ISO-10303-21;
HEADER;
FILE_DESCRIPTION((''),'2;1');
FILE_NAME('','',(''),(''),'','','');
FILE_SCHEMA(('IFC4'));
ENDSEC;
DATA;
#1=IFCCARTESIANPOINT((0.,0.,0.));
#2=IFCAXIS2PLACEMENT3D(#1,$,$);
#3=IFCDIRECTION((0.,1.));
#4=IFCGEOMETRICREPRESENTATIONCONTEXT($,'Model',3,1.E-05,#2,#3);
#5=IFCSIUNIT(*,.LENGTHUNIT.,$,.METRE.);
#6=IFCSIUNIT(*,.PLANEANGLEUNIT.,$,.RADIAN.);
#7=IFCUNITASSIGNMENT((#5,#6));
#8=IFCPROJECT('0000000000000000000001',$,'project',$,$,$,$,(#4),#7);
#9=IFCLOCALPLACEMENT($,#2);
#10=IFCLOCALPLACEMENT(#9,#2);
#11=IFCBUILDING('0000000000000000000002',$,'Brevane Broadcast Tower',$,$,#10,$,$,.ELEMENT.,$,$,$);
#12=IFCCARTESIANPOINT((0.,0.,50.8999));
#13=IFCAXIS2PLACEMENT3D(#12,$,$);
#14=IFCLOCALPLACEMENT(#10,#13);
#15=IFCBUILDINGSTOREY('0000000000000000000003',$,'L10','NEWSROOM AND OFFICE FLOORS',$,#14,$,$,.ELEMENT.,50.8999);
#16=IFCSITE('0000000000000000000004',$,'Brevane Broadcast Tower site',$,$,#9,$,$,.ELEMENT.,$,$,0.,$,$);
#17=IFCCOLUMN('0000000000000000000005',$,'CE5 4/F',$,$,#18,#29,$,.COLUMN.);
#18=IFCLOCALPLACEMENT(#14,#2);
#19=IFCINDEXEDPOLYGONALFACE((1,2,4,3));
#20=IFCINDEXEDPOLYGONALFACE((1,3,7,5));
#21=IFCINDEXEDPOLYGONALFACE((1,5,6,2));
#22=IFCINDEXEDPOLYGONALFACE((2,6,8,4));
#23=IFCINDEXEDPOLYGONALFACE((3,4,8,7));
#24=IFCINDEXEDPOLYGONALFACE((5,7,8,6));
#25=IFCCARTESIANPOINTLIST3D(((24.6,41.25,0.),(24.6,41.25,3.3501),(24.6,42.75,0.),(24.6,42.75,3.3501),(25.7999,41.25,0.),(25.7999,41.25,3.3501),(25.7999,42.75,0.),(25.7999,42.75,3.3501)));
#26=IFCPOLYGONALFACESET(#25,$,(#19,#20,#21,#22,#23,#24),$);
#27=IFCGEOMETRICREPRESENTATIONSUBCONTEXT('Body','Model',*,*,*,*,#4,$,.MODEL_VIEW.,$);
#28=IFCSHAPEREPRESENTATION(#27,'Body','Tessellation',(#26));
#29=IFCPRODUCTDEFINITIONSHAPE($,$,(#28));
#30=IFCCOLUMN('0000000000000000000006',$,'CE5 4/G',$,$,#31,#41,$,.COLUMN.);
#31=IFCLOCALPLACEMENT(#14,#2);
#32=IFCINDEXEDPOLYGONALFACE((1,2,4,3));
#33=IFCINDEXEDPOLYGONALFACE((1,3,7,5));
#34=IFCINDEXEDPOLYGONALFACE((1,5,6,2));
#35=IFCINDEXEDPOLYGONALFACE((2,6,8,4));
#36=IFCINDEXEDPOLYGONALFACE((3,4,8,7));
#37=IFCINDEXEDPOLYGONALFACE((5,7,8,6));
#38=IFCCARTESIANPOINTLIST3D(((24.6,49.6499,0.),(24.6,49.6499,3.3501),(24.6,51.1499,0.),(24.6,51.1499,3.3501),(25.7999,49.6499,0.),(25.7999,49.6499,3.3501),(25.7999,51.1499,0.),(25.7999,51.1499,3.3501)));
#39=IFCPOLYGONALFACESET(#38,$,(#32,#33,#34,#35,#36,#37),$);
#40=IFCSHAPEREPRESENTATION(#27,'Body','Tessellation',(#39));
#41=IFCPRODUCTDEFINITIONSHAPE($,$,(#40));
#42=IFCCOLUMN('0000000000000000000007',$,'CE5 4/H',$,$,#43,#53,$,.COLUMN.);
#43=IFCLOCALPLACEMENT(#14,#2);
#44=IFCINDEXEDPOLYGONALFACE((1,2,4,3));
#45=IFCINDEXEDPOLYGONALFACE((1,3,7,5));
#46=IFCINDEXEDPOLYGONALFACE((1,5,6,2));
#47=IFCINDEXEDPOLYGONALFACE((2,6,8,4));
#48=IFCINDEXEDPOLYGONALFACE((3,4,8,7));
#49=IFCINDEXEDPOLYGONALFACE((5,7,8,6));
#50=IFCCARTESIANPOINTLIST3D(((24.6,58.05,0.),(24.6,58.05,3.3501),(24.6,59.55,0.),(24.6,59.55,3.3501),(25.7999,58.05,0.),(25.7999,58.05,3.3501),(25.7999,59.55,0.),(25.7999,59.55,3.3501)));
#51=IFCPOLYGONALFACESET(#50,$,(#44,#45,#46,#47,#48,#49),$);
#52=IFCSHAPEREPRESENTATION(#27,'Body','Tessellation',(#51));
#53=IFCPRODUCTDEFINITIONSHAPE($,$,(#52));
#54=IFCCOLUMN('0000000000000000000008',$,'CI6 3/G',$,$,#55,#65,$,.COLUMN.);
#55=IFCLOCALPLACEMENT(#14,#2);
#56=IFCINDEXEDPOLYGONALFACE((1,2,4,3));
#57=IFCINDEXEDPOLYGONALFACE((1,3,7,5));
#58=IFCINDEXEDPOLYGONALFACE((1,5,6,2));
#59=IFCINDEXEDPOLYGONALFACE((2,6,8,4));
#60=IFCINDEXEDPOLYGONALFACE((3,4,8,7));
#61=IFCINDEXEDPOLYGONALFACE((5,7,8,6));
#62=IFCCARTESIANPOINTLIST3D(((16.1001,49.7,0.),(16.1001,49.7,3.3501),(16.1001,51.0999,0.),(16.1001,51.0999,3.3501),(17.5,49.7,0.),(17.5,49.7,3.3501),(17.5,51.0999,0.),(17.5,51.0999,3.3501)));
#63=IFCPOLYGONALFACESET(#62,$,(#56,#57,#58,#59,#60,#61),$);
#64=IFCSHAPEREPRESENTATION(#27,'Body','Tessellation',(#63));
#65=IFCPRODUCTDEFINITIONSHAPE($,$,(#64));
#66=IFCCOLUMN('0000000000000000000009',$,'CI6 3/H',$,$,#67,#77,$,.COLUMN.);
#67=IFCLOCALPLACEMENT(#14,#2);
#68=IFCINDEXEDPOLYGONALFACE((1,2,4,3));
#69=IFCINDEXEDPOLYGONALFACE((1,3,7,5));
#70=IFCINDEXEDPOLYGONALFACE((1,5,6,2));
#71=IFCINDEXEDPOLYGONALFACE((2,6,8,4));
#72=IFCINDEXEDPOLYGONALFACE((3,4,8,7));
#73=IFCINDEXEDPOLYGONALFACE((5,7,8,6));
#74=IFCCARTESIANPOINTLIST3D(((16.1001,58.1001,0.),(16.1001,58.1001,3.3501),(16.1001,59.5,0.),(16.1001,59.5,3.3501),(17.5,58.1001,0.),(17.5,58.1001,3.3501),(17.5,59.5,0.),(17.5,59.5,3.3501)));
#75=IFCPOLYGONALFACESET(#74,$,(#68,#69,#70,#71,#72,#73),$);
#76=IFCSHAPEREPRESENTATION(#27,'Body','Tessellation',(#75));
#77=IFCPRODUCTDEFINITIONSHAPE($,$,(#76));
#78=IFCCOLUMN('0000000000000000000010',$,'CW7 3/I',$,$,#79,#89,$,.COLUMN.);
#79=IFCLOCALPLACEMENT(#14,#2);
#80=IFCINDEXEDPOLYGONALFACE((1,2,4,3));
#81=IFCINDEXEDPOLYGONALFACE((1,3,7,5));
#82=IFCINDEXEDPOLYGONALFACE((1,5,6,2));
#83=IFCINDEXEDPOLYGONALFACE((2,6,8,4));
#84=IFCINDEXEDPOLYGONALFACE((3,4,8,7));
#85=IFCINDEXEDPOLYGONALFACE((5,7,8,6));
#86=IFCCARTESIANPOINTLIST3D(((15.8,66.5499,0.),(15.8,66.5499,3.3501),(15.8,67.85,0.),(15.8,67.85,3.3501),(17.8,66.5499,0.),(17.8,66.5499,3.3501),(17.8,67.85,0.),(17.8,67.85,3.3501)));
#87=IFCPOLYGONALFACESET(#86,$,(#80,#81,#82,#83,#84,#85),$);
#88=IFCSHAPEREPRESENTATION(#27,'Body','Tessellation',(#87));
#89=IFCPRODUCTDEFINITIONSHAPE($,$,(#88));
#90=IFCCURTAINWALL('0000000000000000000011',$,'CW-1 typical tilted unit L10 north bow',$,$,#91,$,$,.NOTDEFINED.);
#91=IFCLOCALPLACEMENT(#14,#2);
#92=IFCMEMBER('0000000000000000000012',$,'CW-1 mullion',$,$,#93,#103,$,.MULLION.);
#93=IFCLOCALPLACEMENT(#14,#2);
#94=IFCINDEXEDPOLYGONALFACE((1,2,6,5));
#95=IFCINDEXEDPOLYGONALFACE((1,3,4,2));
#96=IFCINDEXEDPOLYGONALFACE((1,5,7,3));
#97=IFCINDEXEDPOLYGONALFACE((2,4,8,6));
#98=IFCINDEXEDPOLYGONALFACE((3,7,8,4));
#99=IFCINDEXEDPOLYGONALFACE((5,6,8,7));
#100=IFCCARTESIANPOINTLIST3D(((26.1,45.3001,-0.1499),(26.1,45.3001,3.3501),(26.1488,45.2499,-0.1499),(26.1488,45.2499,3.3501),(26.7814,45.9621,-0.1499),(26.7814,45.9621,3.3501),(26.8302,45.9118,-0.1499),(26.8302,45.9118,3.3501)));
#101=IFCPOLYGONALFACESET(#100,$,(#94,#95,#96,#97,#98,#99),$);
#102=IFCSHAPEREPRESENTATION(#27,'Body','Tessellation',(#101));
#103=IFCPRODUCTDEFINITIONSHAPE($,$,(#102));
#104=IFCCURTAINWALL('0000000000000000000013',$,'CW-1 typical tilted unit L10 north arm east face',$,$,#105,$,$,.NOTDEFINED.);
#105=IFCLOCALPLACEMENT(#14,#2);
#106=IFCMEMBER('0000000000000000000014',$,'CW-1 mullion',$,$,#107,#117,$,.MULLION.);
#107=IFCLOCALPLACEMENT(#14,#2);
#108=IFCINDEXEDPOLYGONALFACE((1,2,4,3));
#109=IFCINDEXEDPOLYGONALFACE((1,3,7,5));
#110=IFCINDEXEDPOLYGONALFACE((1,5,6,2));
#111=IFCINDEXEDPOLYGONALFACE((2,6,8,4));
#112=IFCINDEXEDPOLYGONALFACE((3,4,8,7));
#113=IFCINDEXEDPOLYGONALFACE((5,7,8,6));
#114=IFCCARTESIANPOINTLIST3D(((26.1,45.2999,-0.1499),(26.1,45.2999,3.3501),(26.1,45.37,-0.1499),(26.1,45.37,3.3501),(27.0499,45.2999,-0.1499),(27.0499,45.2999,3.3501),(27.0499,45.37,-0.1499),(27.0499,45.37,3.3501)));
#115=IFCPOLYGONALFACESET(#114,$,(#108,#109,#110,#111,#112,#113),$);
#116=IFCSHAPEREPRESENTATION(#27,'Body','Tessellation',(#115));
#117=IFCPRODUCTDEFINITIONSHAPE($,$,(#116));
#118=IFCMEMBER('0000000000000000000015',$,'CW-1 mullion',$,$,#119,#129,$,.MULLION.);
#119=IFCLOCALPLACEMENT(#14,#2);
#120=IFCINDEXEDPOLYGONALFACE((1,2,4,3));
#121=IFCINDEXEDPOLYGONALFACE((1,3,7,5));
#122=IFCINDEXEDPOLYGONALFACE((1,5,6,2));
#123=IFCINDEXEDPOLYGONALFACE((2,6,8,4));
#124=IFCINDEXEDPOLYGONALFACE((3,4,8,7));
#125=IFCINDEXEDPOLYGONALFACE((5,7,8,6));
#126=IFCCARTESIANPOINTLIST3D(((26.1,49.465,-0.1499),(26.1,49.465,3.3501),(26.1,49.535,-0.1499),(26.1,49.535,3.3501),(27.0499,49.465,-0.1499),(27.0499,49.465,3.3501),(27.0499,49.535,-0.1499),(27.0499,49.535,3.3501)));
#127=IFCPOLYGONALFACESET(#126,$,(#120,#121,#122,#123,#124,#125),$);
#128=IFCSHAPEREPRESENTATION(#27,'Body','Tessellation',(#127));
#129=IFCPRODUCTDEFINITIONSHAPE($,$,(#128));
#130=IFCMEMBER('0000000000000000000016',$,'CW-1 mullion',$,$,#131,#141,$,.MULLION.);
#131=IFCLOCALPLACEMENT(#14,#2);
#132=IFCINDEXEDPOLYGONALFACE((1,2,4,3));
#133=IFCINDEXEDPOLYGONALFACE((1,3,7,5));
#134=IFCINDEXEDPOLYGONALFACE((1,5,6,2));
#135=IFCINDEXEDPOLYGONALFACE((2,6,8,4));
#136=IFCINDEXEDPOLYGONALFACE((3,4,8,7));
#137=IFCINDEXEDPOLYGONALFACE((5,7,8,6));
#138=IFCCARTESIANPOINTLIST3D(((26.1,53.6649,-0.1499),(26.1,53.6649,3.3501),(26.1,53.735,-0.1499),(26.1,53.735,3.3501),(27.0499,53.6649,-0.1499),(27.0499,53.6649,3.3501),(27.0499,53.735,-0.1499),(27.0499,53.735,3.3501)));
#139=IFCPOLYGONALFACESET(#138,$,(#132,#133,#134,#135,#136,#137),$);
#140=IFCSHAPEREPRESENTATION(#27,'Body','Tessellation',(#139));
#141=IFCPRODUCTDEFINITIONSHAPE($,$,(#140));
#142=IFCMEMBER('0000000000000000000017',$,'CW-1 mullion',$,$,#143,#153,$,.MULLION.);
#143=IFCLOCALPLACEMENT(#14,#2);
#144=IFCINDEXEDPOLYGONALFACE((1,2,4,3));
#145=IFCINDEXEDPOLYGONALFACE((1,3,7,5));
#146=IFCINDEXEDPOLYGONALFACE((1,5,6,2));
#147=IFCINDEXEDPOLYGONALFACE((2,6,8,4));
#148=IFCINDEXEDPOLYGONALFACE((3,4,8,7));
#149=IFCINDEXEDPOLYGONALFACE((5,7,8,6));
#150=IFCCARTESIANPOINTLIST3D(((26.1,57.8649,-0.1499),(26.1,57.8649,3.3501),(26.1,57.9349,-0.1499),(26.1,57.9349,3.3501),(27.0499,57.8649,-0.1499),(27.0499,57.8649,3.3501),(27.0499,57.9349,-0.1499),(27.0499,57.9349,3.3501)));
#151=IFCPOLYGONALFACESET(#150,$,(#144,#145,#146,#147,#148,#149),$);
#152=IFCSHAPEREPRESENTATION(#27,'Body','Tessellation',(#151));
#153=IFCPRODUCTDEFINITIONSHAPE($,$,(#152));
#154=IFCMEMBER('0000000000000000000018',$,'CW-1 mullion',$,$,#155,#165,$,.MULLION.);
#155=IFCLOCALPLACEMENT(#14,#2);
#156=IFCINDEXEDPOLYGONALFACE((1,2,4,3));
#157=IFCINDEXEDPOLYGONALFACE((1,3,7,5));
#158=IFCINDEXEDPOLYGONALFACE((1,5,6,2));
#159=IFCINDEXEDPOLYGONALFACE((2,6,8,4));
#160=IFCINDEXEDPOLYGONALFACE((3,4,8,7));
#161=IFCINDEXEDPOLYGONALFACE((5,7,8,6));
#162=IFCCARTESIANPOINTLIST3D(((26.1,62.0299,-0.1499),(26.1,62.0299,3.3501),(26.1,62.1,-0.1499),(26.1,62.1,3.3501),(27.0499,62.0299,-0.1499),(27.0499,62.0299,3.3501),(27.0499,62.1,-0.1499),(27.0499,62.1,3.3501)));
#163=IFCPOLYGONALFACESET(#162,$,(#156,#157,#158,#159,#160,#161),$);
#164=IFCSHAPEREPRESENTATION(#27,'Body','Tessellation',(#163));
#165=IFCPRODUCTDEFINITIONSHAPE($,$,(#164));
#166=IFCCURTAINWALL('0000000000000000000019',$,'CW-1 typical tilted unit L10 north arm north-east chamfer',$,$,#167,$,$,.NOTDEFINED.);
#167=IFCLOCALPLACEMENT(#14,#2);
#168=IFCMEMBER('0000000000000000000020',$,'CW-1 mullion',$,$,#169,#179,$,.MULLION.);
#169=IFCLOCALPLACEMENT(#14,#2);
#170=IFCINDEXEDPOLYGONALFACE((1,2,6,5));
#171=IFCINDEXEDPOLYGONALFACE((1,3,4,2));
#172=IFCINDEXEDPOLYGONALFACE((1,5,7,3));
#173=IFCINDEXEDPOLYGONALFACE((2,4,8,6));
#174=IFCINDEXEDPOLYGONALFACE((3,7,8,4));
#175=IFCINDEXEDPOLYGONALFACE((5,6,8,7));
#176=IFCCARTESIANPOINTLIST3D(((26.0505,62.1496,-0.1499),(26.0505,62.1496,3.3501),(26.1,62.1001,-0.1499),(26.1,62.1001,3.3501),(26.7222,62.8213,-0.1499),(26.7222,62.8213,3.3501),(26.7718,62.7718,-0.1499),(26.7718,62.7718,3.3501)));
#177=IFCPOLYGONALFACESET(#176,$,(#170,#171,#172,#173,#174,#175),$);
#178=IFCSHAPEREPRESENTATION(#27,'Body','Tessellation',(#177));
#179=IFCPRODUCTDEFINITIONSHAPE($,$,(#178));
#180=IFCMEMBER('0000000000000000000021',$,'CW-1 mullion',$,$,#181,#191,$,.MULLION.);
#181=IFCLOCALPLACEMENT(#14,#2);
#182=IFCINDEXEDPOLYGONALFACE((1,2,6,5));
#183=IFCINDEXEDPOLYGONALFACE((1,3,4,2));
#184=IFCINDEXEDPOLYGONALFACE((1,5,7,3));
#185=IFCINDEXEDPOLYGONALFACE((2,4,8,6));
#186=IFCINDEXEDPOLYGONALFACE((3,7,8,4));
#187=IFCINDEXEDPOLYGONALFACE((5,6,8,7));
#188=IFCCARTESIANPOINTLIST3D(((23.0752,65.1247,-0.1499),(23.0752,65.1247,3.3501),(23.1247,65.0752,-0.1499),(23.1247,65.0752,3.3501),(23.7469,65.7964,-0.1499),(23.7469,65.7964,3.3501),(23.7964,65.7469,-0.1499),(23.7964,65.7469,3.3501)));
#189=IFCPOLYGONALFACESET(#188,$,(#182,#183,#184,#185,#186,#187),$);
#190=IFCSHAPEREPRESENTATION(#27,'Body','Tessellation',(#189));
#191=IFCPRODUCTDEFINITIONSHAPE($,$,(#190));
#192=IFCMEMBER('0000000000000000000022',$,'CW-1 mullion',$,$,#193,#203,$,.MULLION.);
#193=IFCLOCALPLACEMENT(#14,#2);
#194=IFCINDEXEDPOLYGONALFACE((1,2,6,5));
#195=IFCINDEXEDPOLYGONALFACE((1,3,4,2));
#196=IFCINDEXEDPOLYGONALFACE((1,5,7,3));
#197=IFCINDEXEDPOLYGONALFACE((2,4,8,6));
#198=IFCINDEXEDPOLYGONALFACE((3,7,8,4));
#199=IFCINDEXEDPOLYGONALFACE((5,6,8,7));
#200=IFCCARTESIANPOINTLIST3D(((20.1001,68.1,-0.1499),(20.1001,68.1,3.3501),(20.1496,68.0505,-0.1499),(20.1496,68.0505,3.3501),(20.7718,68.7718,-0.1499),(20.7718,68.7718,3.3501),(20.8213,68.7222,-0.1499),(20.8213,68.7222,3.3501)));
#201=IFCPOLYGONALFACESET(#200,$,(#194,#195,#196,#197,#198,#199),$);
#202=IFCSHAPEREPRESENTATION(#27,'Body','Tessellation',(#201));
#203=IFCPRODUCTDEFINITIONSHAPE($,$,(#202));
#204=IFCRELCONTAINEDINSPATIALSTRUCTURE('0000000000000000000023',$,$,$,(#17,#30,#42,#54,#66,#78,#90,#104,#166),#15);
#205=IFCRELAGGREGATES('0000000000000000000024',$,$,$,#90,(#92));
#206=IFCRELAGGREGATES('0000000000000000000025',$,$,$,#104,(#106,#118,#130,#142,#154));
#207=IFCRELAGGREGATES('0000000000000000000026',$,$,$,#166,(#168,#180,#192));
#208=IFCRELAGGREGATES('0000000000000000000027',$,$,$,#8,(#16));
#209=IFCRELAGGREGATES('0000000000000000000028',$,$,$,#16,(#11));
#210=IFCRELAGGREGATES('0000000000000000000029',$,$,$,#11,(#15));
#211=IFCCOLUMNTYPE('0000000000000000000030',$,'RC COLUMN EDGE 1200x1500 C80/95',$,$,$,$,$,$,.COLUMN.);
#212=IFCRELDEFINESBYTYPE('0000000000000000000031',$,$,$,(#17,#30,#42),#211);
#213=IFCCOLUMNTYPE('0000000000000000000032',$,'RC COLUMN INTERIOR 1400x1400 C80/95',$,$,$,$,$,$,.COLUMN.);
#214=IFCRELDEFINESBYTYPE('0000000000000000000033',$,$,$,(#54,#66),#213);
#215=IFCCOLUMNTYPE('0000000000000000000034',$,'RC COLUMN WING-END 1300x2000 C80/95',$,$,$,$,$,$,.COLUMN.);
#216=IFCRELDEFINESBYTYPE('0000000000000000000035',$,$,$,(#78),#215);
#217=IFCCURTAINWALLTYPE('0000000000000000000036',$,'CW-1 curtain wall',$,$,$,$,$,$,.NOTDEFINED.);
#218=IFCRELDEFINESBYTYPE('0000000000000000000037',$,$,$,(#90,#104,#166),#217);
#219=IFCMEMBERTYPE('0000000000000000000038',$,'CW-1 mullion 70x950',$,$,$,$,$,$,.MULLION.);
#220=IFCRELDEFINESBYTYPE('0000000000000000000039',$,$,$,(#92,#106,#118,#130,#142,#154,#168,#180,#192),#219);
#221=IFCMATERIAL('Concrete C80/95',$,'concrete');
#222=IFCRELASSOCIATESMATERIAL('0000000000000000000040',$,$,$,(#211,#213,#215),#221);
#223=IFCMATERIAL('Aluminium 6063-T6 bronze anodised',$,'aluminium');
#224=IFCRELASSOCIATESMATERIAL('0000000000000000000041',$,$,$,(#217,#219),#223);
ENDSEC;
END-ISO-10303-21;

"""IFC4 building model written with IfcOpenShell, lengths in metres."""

from ifc_helpers import new_model, si_unit, direction, frame, origin, origin_2d, place, context, subcontext, project, spatial, rectangle, extrude, material, material_profile, profile_set, type_object, element, aggregate, save


model = new_model("IFC4")

# Units and contexts
model_context = context("Model", 3, precision=1e-05, world=origin(), true_north=direction((0.0, 1.0)))
body_context = subcontext(model_context, "Body", "Model", "MODEL_VIEW")
ifc_project = project(units=[si_unit("LENGTHUNIT", "METRE"), si_unit("PLANEANGLEUNIT", "RADIAN")], contexts=[model_context])

# Site, building, storey
site_placement = place(None, origin())
site = spatial("IfcSite", under=ifc_project, at=site_placement, Name="Brevane Broadcast Tower site", CompositionType="ELEMENT", RefElevation=0.0)
building_placement = place(site_placement, origin())
building = spatial("IfcBuilding", under=site, at=building_placement, Name="Brevane Broadcast Tower", CompositionType="ELEMENT")
storey_placement = place(building_placement, frame((0.0, 0.0, 50.8999)))
storey = spatial("IfcBuildingStorey", under=building, at=storey_placement, Name="L10", Description="NEWSROOM AND OFFICE FLOORS", CompositionType="ELEMENT", Elevation=50.8999)

# Columns
ifc_material_1 = material(Name="Concrete C80/95", Category="concrete")
ifc_material_profile_1 = material_profile(ifc_material_1, rectangle(XDim=1.2, YDim=1.5, at=origin_2d()), Name="RC 1200x1500")
ifc_profile_set_1 = profile_set([ifc_material_profile_1], Name="Concrete C80/95")
column_type_1 = type_object("IfcColumnType", Name="RC COLUMN EDGE 1200x1500 C80/95", PredefinedType="COLUMN", material=ifc_profile_set_1)
for number, where, z_axis, x_axis, name in (
    (1, (25.2, 42.0, 0.0), (0.0, 0.0, 1.0), (1.0, 0.0, 0.0), "CE5 4/F"),
    (2, (25.2, 50.3999, 0.0), (0.0, 0.0, 1.0), (1.0, 0.0, 0.0), "CE5 4/G"),
    (3, (25.2, 58.8, 0.0), (0.0, 0.0, 1.0), (1.0, 0.0, 0.0), "CE5 4/H"),
):
    element("IfcColumn", number, at=place(storey_placement, frame(where, z_axis=z_axis, x_axis=x_axis)), inside=storey, type_object=column_type_1, Name=name, PredefinedType="COLUMN", context=body_context, shape_type="SweptSolid", body=[
        extrude(rectangle(XDim=1.2, YDim=1.5, at=origin_2d()), origin(), (0.0, 0.0, 1.0), 3.3501),
    ])
ifc_material_profile_2 = material_profile(ifc_material_1, rectangle(XDim=1.3999, YDim=1.3999, at=origin_2d()), Name="RC 1400x1400")
ifc_profile_set_2 = profile_set([ifc_material_profile_2], Name="Concrete C80/95")
column_type_2 = type_object("IfcColumnType", Name="RC COLUMN INTERIOR 1400x1400 C80/95", PredefinedType="COLUMN", material=ifc_profile_set_2)
for number, where, z_axis, x_axis, name in (
    (4, (16.8, 50.3999, 0.0), (0.0, 0.0, 1.0), (1.0, 0.0, 0.0), "CI6 3/G"),
    (5, (16.8, 58.8, 0.0), (0.0, 0.0, 1.0), (1.0, 0.0, 0.0), "CI6 3/H"),
):
    element("IfcColumn", number, at=place(storey_placement, frame(where, z_axis=z_axis, x_axis=x_axis)), inside=storey, type_object=column_type_2, Name=name, PredefinedType="COLUMN", context=body_context, shape_type="SweptSolid", body=[
        extrude(rectangle(XDim=1.3999, YDim=1.3999, at=origin_2d()), origin(), (0.0, 0.0, 1.0), 3.3501),
    ])
ifc_material_profile_3 = material_profile(ifc_material_1, rectangle(XDim=1.3, YDim=2.0, at=origin_2d()), Name="RC 1300x2000")
ifc_profile_set_3 = profile_set([ifc_material_profile_3], Name="Concrete C80/95")
column_type_3 = type_object("IfcColumnType", Name="RC COLUMN WING-END 1300x2000 C80/95", PredefinedType="COLUMN", material=ifc_profile_set_3)
column_placement = place(storey_placement, frame((16.8, 67.2, 0.0), z_axis=(0.0, 0.0, 1.0), x_axis=(0.0, 1.0, 0.0)))
element("IfcColumn", 6, at=column_placement, inside=storey, type_object=column_type_3, Name="CW7 3/I", PredefinedType="COLUMN", context=body_context, shape_type="SweptSolid", body=[
    extrude(rectangle(XDim=1.3, YDim=2.0, at=origin_2d()), origin(), (0.0, 0.0, 1.0), 3.3501),
])

# Curtain wall, member
ifc_material_2 = material(Name="Aluminium 6063-T6 bronze anodised", Category="aluminium")
curtain_wall_type = type_object("IfcCurtainWallType", Name="CW-1 curtain wall", PredefinedType="NOTDEFINED", material=ifc_material_2)
curtain_wall_1_placement = place(storey_placement, origin())
curtain_wall_1 = element("IfcCurtainWall", 7, at=curtain_wall_1_placement, inside=storey, type_object=curtain_wall_type, Name="CW-1 typical tilted unit L10 north bow", PredefinedType="NOTDEFINED")
ifc_material_profile_4 = material_profile(ifc_material_2, rectangle(XDim=0.95, YDim=0.0701, at=origin_2d()), Name="RECT 70x950")
ifc_profile_set_4 = profile_set([ifc_material_profile_4], Name="Aluminium 6063-T6 bronze anodised")
member_type_1 = type_object("IfcMemberType", Name="CW-1 mullion 70x950", PredefinedType="MULLION", material=ifc_profile_set_4)
member_1_placement = place(storey_placement, frame((26.4651, 45.606, -0.1499), z_axis=(0.0, 0.0, 1.0), x_axis=(-0.717254, -0.696812, 0.0)))
member_1 = element("IfcMember", 8, at=member_1_placement, type_object=member_type_1, Name="CW-1 mullion", PredefinedType="MULLION", context=body_context, shape_type="SweptSolid", body=[
    extrude(rectangle(XDim=0.95, YDim=0.0701, at=origin_2d()), origin(), (0.0, 0.0, 1.0), 3.5),
])
aggregate(curtain_wall_1, [member_1])

# Curtain walls, members
curtain_wall_2_placement = place(storey_placement, origin())
curtain_wall_2 = element("IfcCurtainWall", 9, at=curtain_wall_2_placement, inside=storey, type_object=curtain_wall_type, Name="CW-1 typical tilted unit L10 north arm east face", PredefinedType="NOTDEFINED")
member_2_placement = place(storey_placement, frame((26.575, 45.335, -0.1499), z_axis=(0.0, 0.0, 1.0), x_axis=(-1.0, 0.0, 0.0)))
member_2 = element("IfcMember", 10, at=member_2_placement, type_object=member_type_1, Name="CW-1 mullion", PredefinedType="MULLION", context=body_context, shape_type="SweptSolid", body=[
    extrude(rectangle(XDim=0.95, YDim=0.0701, at=origin_2d()), origin(), (0.0, 0.0, 1.0), 3.5),
])
member_3_placement = place(storey_placement, frame((26.575, 49.5, -0.1499), z_axis=(0.0, 0.0, 1.0), x_axis=(-1.0, 0.0, 0.0)))
member_3 = element("IfcMember", 11, at=member_3_placement, type_object=member_type_1, Name="CW-1 mullion", PredefinedType="MULLION", context=body_context, shape_type="SweptSolid", body=[
    extrude(rectangle(XDim=0.95, YDim=0.0701, at=origin_2d()), origin(), (0.0, 0.0, 1.0), 3.5),
])
member_4_placement = place(storey_placement, frame((26.575, 53.7, -0.1499), z_axis=(0.0, 0.0, 1.0), x_axis=(-1.0, 0.0, 0.0)))
member_4 = element("IfcMember", 12, at=member_4_placement, type_object=member_type_1, Name="CW-1 mullion", PredefinedType="MULLION", context=body_context, shape_type="SweptSolid", body=[
    extrude(rectangle(XDim=0.95, YDim=0.0701, at=origin_2d()), origin(), (0.0, 0.0, 1.0), 3.5),
])
member_5_placement = place(storey_placement, frame((26.575, 57.8999, -0.1499), z_axis=(0.0, 0.0, 1.0), x_axis=(-1.0, 0.0, 0.0)))
member_5 = element("IfcMember", 13, at=member_5_placement, type_object=member_type_1, Name="CW-1 mullion", PredefinedType="MULLION", context=body_context, shape_type="SweptSolid", body=[
    extrude(rectangle(XDim=0.95, YDim=0.0701, at=origin_2d()), origin(), (0.0, 0.0, 1.0), 3.5),
])
member_6_placement = place(storey_placement, frame((26.575, 62.0649, -0.1499), z_axis=(0.0, 0.0, 1.0), x_axis=(-1.0, 0.0, 0.0)))
member_6 = element("IfcMember", 14, at=member_6_placement, type_object=member_type_1, Name="CW-1 mullion", PredefinedType="MULLION", context=body_context, shape_type="SweptSolid", body=[
    extrude(rectangle(XDim=0.95, YDim=0.0701, at=origin_2d()), origin(), (0.0, 0.0, 1.0), 3.5),
])
curtain_wall_3_placement = place(storey_placement, origin())
curtain_wall_3 = element("IfcCurtainWall", 15, at=curtain_wall_3_placement, inside=storey, type_object=curtain_wall_type, Name="CW-1 typical tilted unit L10 north arm north-east chamfer", PredefinedType="NOTDEFINED")
member_7_placement = place(storey_placement, frame((26.4111, 62.4607, -0.1499), z_axis=(0.0, 0.0, 1.0), x_axis=(-0.707107, -0.707107, 0.0)))
member_7 = element("IfcMember", 16, at=member_7_placement, type_object=member_type_1, Name="CW-1 mullion", PredefinedType="MULLION", context=body_context, shape_type="SweptSolid", body=[
    extrude(rectangle(XDim=0.95, YDim=0.0701, at=origin_2d()), origin(), (0.0, 0.0, 1.0), 3.5),
])
member_8_placement = place(storey_placement, frame((23.4358, 65.4358, -0.1499), z_axis=(0.0, 0.0, 1.0), x_axis=(-0.707107, -0.707107, 0.0)))
member_8 = element("IfcMember", 17, at=member_8_placement, type_object=member_type_1, Name="CW-1 mullion", PredefinedType="MULLION", context=body_context, shape_type="SweptSolid", body=[
    extrude(rectangle(XDim=0.95, YDim=0.0701, at=origin_2d()), origin(), (0.0, 0.0, 1.0), 3.5),
])
member_9_placement = place(storey_placement, frame((20.4607, 68.4111, -0.1499), z_axis=(0.0, 0.0, 1.0), x_axis=(-0.707107, -0.707107, 0.0)))
member_9 = element("IfcMember", 18, at=member_9_placement, type_object=member_type_1, Name="CW-1 mullion", PredefinedType="MULLION", context=body_context, shape_type="SweptSolid", body=[
    extrude(rectangle(XDim=0.95, YDim=0.0701, at=origin_2d()), origin(), (0.0, 0.0, 1.0), 3.5),
])

aggregate(curtain_wall_2, [member_2, member_3, member_4, member_5, member_6])
aggregate(curtain_wall_3, [member_7, member_8, member_9])

save(model, "model.ifc")
